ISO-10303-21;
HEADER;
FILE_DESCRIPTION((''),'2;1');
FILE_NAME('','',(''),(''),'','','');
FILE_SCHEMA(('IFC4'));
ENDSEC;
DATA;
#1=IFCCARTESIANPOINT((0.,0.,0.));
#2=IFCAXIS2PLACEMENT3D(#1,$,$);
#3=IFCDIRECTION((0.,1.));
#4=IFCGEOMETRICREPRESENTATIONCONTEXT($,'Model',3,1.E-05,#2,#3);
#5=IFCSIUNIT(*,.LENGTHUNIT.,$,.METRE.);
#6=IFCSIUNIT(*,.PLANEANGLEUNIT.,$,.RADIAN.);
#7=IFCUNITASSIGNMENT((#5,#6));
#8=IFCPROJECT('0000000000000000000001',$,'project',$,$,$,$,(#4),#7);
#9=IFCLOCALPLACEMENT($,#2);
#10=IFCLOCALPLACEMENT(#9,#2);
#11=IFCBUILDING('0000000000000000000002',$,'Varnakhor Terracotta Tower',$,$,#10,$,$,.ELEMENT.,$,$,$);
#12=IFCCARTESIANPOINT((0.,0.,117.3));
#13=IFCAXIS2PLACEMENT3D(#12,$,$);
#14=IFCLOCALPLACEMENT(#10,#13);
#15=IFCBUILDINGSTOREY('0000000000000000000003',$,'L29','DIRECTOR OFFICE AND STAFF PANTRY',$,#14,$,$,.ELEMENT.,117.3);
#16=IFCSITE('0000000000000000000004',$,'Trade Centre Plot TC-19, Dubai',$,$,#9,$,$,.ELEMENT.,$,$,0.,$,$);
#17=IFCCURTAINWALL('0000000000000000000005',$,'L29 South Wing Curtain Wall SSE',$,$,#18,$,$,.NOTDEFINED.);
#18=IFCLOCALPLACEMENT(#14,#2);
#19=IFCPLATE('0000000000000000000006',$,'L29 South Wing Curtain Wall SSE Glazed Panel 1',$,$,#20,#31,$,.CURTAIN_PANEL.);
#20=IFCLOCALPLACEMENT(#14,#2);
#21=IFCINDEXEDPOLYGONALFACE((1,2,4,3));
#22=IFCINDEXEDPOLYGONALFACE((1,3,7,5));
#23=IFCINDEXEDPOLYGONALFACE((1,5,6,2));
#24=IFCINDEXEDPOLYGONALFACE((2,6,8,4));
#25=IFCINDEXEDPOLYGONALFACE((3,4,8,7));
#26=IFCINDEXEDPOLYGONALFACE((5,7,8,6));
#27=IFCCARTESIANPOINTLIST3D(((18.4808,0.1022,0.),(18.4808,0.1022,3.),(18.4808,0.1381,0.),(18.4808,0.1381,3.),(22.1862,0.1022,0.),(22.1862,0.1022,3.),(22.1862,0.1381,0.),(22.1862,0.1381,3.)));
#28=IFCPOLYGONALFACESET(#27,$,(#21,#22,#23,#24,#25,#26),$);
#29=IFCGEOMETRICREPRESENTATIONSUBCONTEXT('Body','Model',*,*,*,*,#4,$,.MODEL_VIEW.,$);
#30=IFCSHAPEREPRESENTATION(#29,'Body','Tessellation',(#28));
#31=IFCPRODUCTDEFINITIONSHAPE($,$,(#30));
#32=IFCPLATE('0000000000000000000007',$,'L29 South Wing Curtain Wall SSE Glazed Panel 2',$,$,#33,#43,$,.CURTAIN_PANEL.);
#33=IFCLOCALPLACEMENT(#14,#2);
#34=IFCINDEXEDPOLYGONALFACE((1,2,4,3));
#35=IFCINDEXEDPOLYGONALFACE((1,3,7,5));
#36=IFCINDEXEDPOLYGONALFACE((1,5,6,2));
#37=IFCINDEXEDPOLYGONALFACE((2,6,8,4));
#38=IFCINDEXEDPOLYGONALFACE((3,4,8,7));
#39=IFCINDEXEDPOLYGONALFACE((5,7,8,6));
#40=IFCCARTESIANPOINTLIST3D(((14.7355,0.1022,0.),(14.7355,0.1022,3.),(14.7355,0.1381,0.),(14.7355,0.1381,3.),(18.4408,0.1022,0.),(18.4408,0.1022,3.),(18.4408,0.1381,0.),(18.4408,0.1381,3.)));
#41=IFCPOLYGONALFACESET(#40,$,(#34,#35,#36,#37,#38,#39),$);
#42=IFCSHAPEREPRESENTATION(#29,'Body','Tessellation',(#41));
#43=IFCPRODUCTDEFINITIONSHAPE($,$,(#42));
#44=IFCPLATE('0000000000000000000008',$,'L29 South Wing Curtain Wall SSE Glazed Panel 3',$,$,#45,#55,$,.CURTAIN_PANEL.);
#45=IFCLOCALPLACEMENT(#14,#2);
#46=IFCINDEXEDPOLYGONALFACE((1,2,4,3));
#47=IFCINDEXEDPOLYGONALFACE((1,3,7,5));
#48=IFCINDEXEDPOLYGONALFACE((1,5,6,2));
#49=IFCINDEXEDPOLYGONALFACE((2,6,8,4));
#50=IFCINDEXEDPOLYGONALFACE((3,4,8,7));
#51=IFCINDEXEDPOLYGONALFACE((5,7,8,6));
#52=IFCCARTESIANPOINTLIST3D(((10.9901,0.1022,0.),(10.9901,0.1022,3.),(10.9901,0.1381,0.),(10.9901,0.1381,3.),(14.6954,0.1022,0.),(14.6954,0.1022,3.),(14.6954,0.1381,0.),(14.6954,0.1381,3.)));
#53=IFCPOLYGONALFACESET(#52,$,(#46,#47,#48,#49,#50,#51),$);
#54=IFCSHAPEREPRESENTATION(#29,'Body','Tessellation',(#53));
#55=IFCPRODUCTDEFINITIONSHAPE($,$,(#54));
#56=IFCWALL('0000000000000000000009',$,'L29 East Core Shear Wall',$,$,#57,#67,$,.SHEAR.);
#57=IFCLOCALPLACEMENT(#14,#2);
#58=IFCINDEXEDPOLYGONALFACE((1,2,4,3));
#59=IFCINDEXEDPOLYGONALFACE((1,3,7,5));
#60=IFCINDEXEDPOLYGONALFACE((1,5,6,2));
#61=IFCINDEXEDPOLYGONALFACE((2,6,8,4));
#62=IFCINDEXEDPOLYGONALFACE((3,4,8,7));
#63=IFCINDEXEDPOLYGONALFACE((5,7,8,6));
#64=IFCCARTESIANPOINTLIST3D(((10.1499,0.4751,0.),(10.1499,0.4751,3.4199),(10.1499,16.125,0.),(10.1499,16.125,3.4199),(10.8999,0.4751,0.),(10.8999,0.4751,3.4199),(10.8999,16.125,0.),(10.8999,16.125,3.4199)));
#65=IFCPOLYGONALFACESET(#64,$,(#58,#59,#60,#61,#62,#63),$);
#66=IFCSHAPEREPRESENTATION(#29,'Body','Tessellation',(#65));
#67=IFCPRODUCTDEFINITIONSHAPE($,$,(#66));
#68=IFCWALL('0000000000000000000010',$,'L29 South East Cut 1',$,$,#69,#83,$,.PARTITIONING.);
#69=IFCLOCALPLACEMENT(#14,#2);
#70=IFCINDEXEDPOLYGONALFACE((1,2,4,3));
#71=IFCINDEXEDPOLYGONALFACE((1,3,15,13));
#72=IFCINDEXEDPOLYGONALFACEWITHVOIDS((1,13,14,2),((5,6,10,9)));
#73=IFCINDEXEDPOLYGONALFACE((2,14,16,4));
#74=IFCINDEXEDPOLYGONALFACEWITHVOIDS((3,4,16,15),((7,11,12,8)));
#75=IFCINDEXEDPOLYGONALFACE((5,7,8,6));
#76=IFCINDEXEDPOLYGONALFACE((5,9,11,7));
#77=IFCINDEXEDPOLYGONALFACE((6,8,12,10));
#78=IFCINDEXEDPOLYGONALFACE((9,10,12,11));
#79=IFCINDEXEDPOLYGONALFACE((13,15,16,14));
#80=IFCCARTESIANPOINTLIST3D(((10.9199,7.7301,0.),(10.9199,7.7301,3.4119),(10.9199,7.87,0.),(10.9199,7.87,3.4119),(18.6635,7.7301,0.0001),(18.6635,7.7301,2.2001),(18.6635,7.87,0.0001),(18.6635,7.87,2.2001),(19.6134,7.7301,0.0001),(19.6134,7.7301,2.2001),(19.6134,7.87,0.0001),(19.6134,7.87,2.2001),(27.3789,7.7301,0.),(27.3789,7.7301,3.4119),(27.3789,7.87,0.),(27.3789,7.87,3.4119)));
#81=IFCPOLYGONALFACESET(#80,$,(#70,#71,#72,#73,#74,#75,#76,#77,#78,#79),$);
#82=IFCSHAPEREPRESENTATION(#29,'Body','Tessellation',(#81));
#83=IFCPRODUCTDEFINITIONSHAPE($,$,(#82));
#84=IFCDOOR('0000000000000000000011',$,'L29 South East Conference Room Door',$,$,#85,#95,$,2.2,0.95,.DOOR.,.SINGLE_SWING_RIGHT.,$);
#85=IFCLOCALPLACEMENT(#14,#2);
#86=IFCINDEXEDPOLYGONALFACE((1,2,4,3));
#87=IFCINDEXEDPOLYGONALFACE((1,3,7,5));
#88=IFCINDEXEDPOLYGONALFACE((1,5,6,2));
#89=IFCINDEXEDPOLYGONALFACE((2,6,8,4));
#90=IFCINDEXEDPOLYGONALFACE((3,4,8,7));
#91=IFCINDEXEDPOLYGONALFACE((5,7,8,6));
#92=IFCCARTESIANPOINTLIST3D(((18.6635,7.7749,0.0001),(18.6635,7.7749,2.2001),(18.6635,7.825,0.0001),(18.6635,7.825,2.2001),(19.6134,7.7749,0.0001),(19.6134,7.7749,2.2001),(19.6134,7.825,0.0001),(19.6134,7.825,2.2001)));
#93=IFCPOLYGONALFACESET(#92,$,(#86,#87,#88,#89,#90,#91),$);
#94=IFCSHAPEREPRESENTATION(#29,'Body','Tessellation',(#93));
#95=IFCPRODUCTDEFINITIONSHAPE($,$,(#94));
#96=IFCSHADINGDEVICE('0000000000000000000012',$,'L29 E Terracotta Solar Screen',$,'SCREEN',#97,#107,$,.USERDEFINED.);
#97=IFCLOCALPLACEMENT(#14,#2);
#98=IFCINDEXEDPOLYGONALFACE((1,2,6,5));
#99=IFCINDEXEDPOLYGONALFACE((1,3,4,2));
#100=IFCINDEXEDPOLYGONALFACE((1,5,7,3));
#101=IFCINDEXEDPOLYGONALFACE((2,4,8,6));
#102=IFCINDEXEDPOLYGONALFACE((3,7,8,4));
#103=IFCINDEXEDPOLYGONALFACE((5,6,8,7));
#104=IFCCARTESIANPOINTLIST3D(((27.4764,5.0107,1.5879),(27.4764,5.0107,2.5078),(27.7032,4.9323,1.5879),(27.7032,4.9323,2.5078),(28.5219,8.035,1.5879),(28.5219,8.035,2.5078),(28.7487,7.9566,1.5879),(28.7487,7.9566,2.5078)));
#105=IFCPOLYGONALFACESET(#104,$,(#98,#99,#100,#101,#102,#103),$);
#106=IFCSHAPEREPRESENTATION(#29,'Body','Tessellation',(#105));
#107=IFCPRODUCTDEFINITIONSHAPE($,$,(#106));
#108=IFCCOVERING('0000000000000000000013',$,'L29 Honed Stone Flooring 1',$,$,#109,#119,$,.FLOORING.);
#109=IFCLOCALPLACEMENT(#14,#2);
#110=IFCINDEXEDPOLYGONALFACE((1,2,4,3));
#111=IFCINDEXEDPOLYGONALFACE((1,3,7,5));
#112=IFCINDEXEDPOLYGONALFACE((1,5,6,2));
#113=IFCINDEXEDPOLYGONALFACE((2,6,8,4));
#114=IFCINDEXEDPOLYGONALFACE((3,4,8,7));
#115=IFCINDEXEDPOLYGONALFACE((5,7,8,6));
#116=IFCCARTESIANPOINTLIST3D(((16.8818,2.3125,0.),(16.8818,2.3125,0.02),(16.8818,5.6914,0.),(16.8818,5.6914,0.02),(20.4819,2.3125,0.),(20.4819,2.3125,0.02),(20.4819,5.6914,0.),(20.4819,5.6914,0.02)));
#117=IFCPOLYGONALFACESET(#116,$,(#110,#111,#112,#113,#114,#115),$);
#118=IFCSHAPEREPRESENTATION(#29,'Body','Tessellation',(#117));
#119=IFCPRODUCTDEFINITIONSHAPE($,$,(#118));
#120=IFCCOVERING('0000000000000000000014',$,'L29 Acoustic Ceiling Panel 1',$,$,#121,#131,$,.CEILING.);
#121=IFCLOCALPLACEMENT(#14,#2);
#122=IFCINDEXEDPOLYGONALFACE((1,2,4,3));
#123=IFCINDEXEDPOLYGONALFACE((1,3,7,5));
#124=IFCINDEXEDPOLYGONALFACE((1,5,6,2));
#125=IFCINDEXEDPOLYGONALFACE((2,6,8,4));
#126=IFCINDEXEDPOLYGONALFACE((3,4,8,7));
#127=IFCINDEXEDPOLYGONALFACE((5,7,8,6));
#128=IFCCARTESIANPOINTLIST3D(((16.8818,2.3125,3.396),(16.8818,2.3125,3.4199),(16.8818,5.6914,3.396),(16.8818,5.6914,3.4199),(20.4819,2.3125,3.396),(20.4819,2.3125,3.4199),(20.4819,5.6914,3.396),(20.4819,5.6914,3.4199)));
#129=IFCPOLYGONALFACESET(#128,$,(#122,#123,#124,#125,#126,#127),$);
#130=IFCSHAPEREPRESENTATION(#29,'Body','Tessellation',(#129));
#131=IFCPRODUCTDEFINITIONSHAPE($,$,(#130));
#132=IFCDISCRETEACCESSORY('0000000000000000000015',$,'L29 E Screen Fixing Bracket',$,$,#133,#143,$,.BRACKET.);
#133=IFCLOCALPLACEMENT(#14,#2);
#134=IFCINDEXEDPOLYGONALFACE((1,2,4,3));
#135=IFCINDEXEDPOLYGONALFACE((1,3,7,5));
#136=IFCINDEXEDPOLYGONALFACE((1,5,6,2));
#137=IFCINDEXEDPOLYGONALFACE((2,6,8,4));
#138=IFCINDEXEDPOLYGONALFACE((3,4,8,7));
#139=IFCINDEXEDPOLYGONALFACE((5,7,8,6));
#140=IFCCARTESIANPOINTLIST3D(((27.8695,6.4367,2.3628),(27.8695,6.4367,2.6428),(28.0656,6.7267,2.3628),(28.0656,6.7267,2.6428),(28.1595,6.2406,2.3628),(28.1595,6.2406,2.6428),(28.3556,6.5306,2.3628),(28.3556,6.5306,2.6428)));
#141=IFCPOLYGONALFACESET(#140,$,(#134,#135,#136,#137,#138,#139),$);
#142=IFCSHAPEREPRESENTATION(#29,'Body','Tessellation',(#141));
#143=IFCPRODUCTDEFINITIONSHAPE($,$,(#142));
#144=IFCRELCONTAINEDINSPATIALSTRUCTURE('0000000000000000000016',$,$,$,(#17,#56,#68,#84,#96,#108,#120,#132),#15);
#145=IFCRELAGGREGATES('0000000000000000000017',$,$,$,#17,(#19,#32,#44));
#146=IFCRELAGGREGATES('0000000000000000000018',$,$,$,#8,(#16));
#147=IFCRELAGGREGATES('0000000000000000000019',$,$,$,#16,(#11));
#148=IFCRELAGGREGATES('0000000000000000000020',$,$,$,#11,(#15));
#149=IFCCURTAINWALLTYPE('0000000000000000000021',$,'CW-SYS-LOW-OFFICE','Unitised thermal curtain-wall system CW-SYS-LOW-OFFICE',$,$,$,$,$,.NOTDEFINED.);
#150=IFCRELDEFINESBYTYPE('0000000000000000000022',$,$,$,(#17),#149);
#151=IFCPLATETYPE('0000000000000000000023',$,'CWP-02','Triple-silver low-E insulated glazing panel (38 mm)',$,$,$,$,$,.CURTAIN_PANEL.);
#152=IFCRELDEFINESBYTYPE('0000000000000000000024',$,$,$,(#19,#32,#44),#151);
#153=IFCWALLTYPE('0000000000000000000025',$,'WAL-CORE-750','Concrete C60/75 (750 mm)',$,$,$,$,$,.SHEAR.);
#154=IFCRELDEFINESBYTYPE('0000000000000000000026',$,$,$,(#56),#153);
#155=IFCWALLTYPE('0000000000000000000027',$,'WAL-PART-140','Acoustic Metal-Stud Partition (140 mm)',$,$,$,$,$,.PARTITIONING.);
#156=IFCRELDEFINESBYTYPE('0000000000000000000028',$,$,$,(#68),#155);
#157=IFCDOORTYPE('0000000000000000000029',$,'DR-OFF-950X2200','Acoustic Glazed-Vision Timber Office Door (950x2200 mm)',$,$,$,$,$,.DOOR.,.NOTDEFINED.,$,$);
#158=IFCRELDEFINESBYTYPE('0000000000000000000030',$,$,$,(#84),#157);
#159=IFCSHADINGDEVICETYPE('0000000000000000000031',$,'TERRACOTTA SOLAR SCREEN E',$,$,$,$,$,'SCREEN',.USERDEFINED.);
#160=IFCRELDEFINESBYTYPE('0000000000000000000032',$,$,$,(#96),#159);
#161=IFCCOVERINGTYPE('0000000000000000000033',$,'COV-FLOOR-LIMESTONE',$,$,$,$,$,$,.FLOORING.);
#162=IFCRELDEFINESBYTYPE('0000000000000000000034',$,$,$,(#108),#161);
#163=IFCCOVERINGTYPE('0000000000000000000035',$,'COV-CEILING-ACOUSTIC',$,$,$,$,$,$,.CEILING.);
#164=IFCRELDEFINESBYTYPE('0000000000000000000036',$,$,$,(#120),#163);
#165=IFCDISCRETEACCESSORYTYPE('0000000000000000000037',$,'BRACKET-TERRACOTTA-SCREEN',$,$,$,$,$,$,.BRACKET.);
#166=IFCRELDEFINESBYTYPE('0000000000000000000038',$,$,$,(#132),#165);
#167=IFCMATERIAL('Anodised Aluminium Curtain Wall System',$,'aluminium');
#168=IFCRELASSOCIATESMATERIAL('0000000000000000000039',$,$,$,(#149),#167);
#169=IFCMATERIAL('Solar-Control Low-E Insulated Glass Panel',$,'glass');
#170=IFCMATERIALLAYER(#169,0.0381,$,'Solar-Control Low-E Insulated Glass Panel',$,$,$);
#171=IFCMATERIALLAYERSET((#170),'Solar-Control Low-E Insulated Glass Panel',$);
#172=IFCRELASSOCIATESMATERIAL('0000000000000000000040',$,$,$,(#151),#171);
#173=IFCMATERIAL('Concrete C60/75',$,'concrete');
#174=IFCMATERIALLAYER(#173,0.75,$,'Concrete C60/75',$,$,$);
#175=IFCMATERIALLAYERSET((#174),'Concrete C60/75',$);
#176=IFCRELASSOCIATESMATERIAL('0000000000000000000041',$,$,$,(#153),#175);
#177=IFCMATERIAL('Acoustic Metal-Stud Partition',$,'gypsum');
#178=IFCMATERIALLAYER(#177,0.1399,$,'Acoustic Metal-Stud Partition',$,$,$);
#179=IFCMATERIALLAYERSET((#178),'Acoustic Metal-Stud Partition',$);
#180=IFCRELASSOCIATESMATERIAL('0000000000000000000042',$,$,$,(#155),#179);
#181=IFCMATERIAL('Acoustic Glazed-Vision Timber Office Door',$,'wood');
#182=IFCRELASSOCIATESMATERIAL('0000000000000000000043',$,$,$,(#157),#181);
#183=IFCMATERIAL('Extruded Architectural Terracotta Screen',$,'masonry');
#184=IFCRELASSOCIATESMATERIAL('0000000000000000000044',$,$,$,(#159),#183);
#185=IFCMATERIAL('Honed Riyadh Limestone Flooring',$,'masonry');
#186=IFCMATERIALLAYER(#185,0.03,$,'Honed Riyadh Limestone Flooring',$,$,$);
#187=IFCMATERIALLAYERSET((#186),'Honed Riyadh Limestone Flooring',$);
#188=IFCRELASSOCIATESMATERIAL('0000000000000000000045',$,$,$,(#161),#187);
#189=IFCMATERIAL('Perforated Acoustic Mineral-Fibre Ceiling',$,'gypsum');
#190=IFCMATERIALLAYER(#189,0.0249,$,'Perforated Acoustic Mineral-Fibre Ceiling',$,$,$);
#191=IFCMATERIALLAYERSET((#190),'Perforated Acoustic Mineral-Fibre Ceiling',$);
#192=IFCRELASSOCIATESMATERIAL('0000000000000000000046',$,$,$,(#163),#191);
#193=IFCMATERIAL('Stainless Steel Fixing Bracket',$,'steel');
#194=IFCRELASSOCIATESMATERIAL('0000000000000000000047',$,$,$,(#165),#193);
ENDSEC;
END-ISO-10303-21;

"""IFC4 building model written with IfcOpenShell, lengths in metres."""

from ifc_helpers import new_model, si_unit, direction, frame, frame_2d, origin, origin_2d, place, context, subcontext, project, spatial, rectangle, extrude, source, transform, mapped, material, layer, layer_set, type_object, type_shapes, element, fill, aggregate, save


model = new_model("IFC4")

# Units and contexts
model_context = context("Model", 3, precision=1e-05, world=origin(), true_north=direction((0.0, 1.0)))
body_context = subcontext(model_context, "Body", "Model", "MODEL_VIEW")
ifc_project = project(units=[si_unit("LENGTHUNIT", "METRE"), si_unit("PLANEANGLEUNIT", "RADIAN")], contexts=[model_context])

# Site, building, storey
site_placement = place(None, origin())
site = spatial("IfcSite", under=ifc_project, at=site_placement, Name="Trade Centre Plot TC-19, Dubai", CompositionType="ELEMENT", RefElevation=0.0)
building_placement = place(site_placement, origin())
building = spatial("IfcBuilding", under=site, at=building_placement, Name="Varnakhor Terracotta Tower", CompositionType="ELEMENT")
storey_placement = place(building_placement, frame((0.0, 0.0, 117.3)))
storey = spatial("IfcBuildingStorey", under=building, at=storey_placement, Name="L29", Description="DIRECTOR OFFICE AND STAFF PANTRY", CompositionType="ELEMENT", Elevation=117.3)

# Curtain wall
ifc_material_1 = material(Name="Anodised Aluminium Curtain Wall System", Category="aluminium")
curtain_wall_type = type_object("IfcCurtainWallType", Name="CW-SYS-LOW-OFFICE", Description="Unitised thermal curtain-wall system CW-SYS-LOW-OFFICE", PredefinedType="NOTDEFINED", material=ifc_material_1)
curtain_wall_1_placement = place(storey_placement, origin())
curtain_wall_1 = element("IfcCurtainWall", 1, at=curtain_wall_1_placement, inside=storey, type_object=curtain_wall_type, Name="L29 South Wing Curtain Wall SSE", PredefinedType="NOTDEFINED")

# Shared definitions
ifc_material_2 = material(Name="Solar-Control Low-E Insulated Glass Panel", Category="glass")
ifc_layer_1 = layer(ifc_material_2, 0.0381, Name="Solar-Control Low-E Insulated Glass Panel")
ifc_layer_set_1 = layer_set([ifc_layer_1], Name="Solar-Control Low-E Insulated Glass Panel")
plate_type_1 = type_object("IfcPlateType", Name="CWP-02", Description="Triple-silver low-E insulated glazing panel (38 mm)", PredefinedType="CURTAIN_PANEL", material=ifc_layer_set_1)

# Plates
shared_shape_1 = source(origin(), body_context, "Body", "SweptSolid", [
    extrude(rectangle(XDim=3.7053, YDim=0.0359, at=origin_2d()), origin(), (0.0, 0.0, 1.0), 3.0),
])
plate_1_placement = place(storey_placement, frame((20.3335, 0.1201, 0.0), z_axis=(0.0, 0.0, 1.0), x_axis=(-1.0, 0.0, 0.0)))
plate_1 = element("IfcPlate", 2, at=plate_1_placement, type_object=plate_type_1, Name="L29 South Wing Curtain Wall SSE Glazed Panel 1", PredefinedType="CURTAIN_PANEL", context=body_context, shape_type="MappedRepresentation", body=[
    mapped(shared_shape_1, transform((0.0, 0.0, 0.0), scale=1.0)),
])
plate_2_placement = place(storey_placement, frame((16.5881, 0.1201, 0.0), z_axis=(0.0, 0.0, 1.0), x_axis=(-1.0, 0.0, 0.0)))
plate_2 = element("IfcPlate", 3, at=plate_2_placement, type_object=plate_type_1, Name="L29 South Wing Curtain Wall SSE Glazed Panel 2", PredefinedType="CURTAIN_PANEL", context=body_context, shape_type="MappedRepresentation", body=[
    mapped(shared_shape_1, transform((0.0, 0.0, 0.0), scale=1.0)),
])
plate_3_placement = place(storey_placement, frame((12.8428, 0.1201, 0.0), z_axis=(0.0, 0.0, 1.0), x_axis=(-1.0, 0.0, 0.0)))
plate_3 = element("IfcPlate", 4, at=plate_3_placement, type_object=plate_type_1, Name="L29 South Wing Curtain Wall SSE Glazed Panel 3", PredefinedType="CURTAIN_PANEL", context=body_context, shape_type="MappedRepresentation", body=[
    mapped(shared_shape_1, transform((0.0, 0.0, 0.0), scale=1.0)),
])
aggregate(curtain_wall_1, [plate_1, plate_2, plate_3])

# Wall
ifc_material_3 = material(Name="Concrete C60/75", Category="concrete")
ifc_layer_2 = layer(ifc_material_3, 0.75, Name="Concrete C60/75")
ifc_layer_set_2 = layer_set([ifc_layer_2], Name="Concrete C60/75")
wall_type_1 = type_object("IfcWallType", Name="WAL-CORE-750", Description="Concrete C60/75 (750 mm)", PredefinedType="SHEAR", material=ifc_layer_set_2)
wall_1_placement = place(storey_placement, frame((10.5249, 0.4751, 0.0), z_axis=(0.0, 0.0, 1.0), x_axis=(0.0, 1.0, 0.0)))
element("IfcWall", 5, at=wall_1_placement, inside=storey, type_object=wall_type_1, Name="L29 East Core Shear Wall", PredefinedType="SHEAR", context=body_context, shape_type="SweptSolid", body=[
    extrude(rectangle(XDim=15.6499, YDim=0.75, at=frame_2d((7.825, 0.0))), origin(), (0.0, 0.0, 1.0), 3.4199),
])

# Wall, opening, door
ifc_material_4 = material(Name="Acoustic Metal-Stud Partition", Category="gypsum")
ifc_layer_3 = layer(ifc_material_4, 0.1399, Name="Acoustic Metal-Stud Partition")
ifc_layer_set_3 = layer_set([ifc_layer_3], Name="Acoustic Metal-Stud Partition")
wall_type_2 = type_object("IfcWallType", Name="WAL-PART-140", Description="Acoustic Metal-Stud Partition (140 mm)", PredefinedType="PARTITIONING", material=ifc_layer_set_3)
wall_2_placement = place(storey_placement, frame((10.9199, 7.8, 0.0), z_axis=(0.0, 0.0, 1.0), x_axis=(1.0, 0.0, 0.0)))
wall_2 = element("IfcWall", 6, at=wall_2_placement, inside=storey, type_object=wall_type_2, Name="L29 South East Cut 1", PredefinedType="PARTITIONING", context=body_context, shape_type="SweptSolid", body=[
    extrude(rectangle(XDim=16.459, YDim=0.1399, at=frame_2d((8.2295, 0.0))), origin(), (0.0, 0.0, 1.0), 3.4119),
])
opening_placement = place(wall_2_placement, frame((7.7434, 0.0, 0.0)))
opening = element("IfcOpeningElement", 7, at=opening_placement, cuts=wall_2, PredefinedType="OPENING", context=body_context, shape_type="SweptSolid", body=[
    extrude(rectangle(XDim=0.95, YDim=2.2, at=frame_2d((0.4751, 1.1001))), frame((0.0, 0.0801, 0.0), z_axis=(0.0, -1.0, 0.0), x_axis=(1.0, 0.0, 0.0)), (0.0, 0.0, 1.0), 0.1599),
])
ifc_material_5 = material(Name="Acoustic Glazed-Vision Timber Office Door", Category="wood")
door_type = type_object("IfcDoorType", Name="DR-OFF-950X2200", Description="Acoustic Glazed-Vision Timber Office Door (950x2200 mm)", OperationType="NOTDEFINED", PredefinedType="DOOR", material=ifc_material_5)
shared_shape_2 = source(origin(), body_context, "Body", "SweptSolid", [
    extrude(rectangle(XDim=0.95, YDim=2.2, at=frame_2d((0.4751, 1.1001))), frame((0.0, 0.0249, 0.0), z_axis=(0.0, -1.0, 0.0), x_axis=(1.0, 0.0, 0.0)), (0.0, 0.0, 1.0), 0.05),
])
type_shapes(door_type, [shared_shape_2])
door_placement = place(opening_placement, origin())
door = element("IfcDoor", 8, at=door_placement, inside=storey, type_object=door_type, Name="L29 South East Conference Room Door", OperationType="SINGLE_SWING_RIGHT", OverallHeight=2.2, OverallWidth=0.95, PredefinedType="DOOR", context=body_context, shape_type="MappedRepresentation", body=[
    mapped(shared_shape_2, transform((0.0, 0.0, 0.0), scale=1.0)),
])
fill(opening, door)

# Shading device
ifc_material_6 = material(Name="Extruded Architectural Terracotta Screen", Category="masonry")
shading_device_type = type_object("IfcShadingDeviceType", Name="TERRACOTTA SOLAR SCREEN E", ElementType="SCREEN", PredefinedType="USERDEFINED", material=ifc_material_6)
shared_shape_3 = source(origin(), body_context, "Body", "SweptSolid", [
    extrude(rectangle(XDim=3.2, YDim=0.24, at=origin_2d()), origin(), (0.0, 0.0, 1.0), 0.9199),
])
type_shapes(shading_device_type, [shared_shape_3])
shading_device_placement = place(storey_placement, frame((28.1125, 6.4836, 1.5879), z_axis=(0.0, 0.0, 1.0), x_axis=(0.326723, 0.94512, 0.0)))
element("IfcShadingDevice", 9, at=shading_device_placement, inside=storey, type_object=shading_device_type, Name="L29 E Terracotta Solar Screen", ObjectType="SCREEN", PredefinedType="USERDEFINED", context=body_context, shape_type="MappedRepresentation", body=[
    mapped(shared_shape_3, transform((0.0, 0.0, 0.0), scale=1.0)),
])

# Coverings
ifc_material_7 = material(Name="Honed Riyadh Limestone Flooring", Category="masonry")
ifc_layer_4 = layer(ifc_material_7, 0.03, Name="Honed Riyadh Limestone Flooring")
ifc_layer_set_4 = layer_set([ifc_layer_4], Name="Honed Riyadh Limestone Flooring")
covering_type_1 = type_object("IfcCoveringType", Name="COV-FLOOR-LIMESTONE", PredefinedType="FLOORING", material=ifc_layer_set_4)
shared_shape_4 = source(origin(), body_context, "Body", "SweptSolid", [
    extrude(rectangle(XDim=3.6001, YDim=3.3789, at=origin_2d()), origin(), (0.0, 0.0, 1.0), 0.02),
])
covering_1_placement = place(storey_placement, frame((18.6819, 4.002, 0.0), z_axis=(0.0, 0.0, 1.0), x_axis=(1.0, 0.0, 0.0)))
element("IfcCovering", 10, at=covering_1_placement, inside=storey, type_object=covering_type_1, Name="L29 Honed Stone Flooring 1", PredefinedType="FLOORING", context=body_context, shape_type="MappedRepresentation", body=[
    mapped(shared_shape_4, transform((0.0, 0.0, 0.0), scale=1.0)),
])
ifc_material_8 = material(Name="Perforated Acoustic Mineral-Fibre Ceiling", Category="gypsum")
ifc_layer_5 = layer(ifc_material_8, 0.0249, Name="Perforated Acoustic Mineral-Fibre Ceiling")
ifc_layer_set_5 = layer_set([ifc_layer_5], Name="Perforated Acoustic Mineral-Fibre Ceiling")
covering_type_2 = type_object("IfcCoveringType", Name="COV-CEILING-ACOUSTIC", PredefinedType="CEILING", material=ifc_layer_set_5)
shared_shape_5 = source(origin(), body_context, "Body", "SweptSolid", [
    extrude(rectangle(XDim=3.6001, YDim=3.3789, at=origin_2d()), origin(), (0.0, 0.0, 1.0), 0.0239),
])
covering_2_placement = place(storey_placement, frame((18.6819, 4.002, 3.396), z_axis=(0.0, 0.0, 1.0), x_axis=(1.0, 0.0, 0.0)))
element("IfcCovering", 11, at=covering_2_placement, inside=storey, type_object=covering_type_2, Name="L29 Acoustic Ceiling Panel 1", PredefinedType="CEILING", context=body_context, shape_type="MappedRepresentation", body=[
    mapped(shared_shape_5, transform((0.0, 0.0, 0.0), scale=1.0)),
])

# Discrete accessory
ifc_material_9 = material(Name="Stainless Steel Fixing Bracket", Category="steel")
discrete_accessory_type = type_object("IfcDiscreteAccessoryType", Name="BRACKET-TERRACOTTA-SCREEN", PredefinedType="BRACKET", material=ifc_material_9)
shared_shape_6 = source(origin(), body_context, "Body", "SweptSolid", [
    extrude(rectangle(XDim=0.3501, YDim=0.3501, at=origin_2d()), origin(), (0.0, 0.0, 1.0), 0.28),
])
type_shapes(discrete_accessory_type, [shared_shape_6])
discrete_accessory_placement = place(storey_placement, frame((28.1125, 6.4836, 2.3628), z_axis=(0.0, 0.0, 1.0), x_axis=(0.560205, 0.828354, 0.0)))
element("IfcDiscreteAccessory", 12, at=discrete_accessory_placement, inside=storey, type_object=discrete_accessory_type, Name="L29 E Screen Fixing Bracket", PredefinedType="BRACKET", context=body_context, shape_type="MappedRepresentation", body=[
    mapped(shared_shape_6, transform((0.0, 0.0, 0.0), scale=1.0)),
])

save(model, "model.ifc")
